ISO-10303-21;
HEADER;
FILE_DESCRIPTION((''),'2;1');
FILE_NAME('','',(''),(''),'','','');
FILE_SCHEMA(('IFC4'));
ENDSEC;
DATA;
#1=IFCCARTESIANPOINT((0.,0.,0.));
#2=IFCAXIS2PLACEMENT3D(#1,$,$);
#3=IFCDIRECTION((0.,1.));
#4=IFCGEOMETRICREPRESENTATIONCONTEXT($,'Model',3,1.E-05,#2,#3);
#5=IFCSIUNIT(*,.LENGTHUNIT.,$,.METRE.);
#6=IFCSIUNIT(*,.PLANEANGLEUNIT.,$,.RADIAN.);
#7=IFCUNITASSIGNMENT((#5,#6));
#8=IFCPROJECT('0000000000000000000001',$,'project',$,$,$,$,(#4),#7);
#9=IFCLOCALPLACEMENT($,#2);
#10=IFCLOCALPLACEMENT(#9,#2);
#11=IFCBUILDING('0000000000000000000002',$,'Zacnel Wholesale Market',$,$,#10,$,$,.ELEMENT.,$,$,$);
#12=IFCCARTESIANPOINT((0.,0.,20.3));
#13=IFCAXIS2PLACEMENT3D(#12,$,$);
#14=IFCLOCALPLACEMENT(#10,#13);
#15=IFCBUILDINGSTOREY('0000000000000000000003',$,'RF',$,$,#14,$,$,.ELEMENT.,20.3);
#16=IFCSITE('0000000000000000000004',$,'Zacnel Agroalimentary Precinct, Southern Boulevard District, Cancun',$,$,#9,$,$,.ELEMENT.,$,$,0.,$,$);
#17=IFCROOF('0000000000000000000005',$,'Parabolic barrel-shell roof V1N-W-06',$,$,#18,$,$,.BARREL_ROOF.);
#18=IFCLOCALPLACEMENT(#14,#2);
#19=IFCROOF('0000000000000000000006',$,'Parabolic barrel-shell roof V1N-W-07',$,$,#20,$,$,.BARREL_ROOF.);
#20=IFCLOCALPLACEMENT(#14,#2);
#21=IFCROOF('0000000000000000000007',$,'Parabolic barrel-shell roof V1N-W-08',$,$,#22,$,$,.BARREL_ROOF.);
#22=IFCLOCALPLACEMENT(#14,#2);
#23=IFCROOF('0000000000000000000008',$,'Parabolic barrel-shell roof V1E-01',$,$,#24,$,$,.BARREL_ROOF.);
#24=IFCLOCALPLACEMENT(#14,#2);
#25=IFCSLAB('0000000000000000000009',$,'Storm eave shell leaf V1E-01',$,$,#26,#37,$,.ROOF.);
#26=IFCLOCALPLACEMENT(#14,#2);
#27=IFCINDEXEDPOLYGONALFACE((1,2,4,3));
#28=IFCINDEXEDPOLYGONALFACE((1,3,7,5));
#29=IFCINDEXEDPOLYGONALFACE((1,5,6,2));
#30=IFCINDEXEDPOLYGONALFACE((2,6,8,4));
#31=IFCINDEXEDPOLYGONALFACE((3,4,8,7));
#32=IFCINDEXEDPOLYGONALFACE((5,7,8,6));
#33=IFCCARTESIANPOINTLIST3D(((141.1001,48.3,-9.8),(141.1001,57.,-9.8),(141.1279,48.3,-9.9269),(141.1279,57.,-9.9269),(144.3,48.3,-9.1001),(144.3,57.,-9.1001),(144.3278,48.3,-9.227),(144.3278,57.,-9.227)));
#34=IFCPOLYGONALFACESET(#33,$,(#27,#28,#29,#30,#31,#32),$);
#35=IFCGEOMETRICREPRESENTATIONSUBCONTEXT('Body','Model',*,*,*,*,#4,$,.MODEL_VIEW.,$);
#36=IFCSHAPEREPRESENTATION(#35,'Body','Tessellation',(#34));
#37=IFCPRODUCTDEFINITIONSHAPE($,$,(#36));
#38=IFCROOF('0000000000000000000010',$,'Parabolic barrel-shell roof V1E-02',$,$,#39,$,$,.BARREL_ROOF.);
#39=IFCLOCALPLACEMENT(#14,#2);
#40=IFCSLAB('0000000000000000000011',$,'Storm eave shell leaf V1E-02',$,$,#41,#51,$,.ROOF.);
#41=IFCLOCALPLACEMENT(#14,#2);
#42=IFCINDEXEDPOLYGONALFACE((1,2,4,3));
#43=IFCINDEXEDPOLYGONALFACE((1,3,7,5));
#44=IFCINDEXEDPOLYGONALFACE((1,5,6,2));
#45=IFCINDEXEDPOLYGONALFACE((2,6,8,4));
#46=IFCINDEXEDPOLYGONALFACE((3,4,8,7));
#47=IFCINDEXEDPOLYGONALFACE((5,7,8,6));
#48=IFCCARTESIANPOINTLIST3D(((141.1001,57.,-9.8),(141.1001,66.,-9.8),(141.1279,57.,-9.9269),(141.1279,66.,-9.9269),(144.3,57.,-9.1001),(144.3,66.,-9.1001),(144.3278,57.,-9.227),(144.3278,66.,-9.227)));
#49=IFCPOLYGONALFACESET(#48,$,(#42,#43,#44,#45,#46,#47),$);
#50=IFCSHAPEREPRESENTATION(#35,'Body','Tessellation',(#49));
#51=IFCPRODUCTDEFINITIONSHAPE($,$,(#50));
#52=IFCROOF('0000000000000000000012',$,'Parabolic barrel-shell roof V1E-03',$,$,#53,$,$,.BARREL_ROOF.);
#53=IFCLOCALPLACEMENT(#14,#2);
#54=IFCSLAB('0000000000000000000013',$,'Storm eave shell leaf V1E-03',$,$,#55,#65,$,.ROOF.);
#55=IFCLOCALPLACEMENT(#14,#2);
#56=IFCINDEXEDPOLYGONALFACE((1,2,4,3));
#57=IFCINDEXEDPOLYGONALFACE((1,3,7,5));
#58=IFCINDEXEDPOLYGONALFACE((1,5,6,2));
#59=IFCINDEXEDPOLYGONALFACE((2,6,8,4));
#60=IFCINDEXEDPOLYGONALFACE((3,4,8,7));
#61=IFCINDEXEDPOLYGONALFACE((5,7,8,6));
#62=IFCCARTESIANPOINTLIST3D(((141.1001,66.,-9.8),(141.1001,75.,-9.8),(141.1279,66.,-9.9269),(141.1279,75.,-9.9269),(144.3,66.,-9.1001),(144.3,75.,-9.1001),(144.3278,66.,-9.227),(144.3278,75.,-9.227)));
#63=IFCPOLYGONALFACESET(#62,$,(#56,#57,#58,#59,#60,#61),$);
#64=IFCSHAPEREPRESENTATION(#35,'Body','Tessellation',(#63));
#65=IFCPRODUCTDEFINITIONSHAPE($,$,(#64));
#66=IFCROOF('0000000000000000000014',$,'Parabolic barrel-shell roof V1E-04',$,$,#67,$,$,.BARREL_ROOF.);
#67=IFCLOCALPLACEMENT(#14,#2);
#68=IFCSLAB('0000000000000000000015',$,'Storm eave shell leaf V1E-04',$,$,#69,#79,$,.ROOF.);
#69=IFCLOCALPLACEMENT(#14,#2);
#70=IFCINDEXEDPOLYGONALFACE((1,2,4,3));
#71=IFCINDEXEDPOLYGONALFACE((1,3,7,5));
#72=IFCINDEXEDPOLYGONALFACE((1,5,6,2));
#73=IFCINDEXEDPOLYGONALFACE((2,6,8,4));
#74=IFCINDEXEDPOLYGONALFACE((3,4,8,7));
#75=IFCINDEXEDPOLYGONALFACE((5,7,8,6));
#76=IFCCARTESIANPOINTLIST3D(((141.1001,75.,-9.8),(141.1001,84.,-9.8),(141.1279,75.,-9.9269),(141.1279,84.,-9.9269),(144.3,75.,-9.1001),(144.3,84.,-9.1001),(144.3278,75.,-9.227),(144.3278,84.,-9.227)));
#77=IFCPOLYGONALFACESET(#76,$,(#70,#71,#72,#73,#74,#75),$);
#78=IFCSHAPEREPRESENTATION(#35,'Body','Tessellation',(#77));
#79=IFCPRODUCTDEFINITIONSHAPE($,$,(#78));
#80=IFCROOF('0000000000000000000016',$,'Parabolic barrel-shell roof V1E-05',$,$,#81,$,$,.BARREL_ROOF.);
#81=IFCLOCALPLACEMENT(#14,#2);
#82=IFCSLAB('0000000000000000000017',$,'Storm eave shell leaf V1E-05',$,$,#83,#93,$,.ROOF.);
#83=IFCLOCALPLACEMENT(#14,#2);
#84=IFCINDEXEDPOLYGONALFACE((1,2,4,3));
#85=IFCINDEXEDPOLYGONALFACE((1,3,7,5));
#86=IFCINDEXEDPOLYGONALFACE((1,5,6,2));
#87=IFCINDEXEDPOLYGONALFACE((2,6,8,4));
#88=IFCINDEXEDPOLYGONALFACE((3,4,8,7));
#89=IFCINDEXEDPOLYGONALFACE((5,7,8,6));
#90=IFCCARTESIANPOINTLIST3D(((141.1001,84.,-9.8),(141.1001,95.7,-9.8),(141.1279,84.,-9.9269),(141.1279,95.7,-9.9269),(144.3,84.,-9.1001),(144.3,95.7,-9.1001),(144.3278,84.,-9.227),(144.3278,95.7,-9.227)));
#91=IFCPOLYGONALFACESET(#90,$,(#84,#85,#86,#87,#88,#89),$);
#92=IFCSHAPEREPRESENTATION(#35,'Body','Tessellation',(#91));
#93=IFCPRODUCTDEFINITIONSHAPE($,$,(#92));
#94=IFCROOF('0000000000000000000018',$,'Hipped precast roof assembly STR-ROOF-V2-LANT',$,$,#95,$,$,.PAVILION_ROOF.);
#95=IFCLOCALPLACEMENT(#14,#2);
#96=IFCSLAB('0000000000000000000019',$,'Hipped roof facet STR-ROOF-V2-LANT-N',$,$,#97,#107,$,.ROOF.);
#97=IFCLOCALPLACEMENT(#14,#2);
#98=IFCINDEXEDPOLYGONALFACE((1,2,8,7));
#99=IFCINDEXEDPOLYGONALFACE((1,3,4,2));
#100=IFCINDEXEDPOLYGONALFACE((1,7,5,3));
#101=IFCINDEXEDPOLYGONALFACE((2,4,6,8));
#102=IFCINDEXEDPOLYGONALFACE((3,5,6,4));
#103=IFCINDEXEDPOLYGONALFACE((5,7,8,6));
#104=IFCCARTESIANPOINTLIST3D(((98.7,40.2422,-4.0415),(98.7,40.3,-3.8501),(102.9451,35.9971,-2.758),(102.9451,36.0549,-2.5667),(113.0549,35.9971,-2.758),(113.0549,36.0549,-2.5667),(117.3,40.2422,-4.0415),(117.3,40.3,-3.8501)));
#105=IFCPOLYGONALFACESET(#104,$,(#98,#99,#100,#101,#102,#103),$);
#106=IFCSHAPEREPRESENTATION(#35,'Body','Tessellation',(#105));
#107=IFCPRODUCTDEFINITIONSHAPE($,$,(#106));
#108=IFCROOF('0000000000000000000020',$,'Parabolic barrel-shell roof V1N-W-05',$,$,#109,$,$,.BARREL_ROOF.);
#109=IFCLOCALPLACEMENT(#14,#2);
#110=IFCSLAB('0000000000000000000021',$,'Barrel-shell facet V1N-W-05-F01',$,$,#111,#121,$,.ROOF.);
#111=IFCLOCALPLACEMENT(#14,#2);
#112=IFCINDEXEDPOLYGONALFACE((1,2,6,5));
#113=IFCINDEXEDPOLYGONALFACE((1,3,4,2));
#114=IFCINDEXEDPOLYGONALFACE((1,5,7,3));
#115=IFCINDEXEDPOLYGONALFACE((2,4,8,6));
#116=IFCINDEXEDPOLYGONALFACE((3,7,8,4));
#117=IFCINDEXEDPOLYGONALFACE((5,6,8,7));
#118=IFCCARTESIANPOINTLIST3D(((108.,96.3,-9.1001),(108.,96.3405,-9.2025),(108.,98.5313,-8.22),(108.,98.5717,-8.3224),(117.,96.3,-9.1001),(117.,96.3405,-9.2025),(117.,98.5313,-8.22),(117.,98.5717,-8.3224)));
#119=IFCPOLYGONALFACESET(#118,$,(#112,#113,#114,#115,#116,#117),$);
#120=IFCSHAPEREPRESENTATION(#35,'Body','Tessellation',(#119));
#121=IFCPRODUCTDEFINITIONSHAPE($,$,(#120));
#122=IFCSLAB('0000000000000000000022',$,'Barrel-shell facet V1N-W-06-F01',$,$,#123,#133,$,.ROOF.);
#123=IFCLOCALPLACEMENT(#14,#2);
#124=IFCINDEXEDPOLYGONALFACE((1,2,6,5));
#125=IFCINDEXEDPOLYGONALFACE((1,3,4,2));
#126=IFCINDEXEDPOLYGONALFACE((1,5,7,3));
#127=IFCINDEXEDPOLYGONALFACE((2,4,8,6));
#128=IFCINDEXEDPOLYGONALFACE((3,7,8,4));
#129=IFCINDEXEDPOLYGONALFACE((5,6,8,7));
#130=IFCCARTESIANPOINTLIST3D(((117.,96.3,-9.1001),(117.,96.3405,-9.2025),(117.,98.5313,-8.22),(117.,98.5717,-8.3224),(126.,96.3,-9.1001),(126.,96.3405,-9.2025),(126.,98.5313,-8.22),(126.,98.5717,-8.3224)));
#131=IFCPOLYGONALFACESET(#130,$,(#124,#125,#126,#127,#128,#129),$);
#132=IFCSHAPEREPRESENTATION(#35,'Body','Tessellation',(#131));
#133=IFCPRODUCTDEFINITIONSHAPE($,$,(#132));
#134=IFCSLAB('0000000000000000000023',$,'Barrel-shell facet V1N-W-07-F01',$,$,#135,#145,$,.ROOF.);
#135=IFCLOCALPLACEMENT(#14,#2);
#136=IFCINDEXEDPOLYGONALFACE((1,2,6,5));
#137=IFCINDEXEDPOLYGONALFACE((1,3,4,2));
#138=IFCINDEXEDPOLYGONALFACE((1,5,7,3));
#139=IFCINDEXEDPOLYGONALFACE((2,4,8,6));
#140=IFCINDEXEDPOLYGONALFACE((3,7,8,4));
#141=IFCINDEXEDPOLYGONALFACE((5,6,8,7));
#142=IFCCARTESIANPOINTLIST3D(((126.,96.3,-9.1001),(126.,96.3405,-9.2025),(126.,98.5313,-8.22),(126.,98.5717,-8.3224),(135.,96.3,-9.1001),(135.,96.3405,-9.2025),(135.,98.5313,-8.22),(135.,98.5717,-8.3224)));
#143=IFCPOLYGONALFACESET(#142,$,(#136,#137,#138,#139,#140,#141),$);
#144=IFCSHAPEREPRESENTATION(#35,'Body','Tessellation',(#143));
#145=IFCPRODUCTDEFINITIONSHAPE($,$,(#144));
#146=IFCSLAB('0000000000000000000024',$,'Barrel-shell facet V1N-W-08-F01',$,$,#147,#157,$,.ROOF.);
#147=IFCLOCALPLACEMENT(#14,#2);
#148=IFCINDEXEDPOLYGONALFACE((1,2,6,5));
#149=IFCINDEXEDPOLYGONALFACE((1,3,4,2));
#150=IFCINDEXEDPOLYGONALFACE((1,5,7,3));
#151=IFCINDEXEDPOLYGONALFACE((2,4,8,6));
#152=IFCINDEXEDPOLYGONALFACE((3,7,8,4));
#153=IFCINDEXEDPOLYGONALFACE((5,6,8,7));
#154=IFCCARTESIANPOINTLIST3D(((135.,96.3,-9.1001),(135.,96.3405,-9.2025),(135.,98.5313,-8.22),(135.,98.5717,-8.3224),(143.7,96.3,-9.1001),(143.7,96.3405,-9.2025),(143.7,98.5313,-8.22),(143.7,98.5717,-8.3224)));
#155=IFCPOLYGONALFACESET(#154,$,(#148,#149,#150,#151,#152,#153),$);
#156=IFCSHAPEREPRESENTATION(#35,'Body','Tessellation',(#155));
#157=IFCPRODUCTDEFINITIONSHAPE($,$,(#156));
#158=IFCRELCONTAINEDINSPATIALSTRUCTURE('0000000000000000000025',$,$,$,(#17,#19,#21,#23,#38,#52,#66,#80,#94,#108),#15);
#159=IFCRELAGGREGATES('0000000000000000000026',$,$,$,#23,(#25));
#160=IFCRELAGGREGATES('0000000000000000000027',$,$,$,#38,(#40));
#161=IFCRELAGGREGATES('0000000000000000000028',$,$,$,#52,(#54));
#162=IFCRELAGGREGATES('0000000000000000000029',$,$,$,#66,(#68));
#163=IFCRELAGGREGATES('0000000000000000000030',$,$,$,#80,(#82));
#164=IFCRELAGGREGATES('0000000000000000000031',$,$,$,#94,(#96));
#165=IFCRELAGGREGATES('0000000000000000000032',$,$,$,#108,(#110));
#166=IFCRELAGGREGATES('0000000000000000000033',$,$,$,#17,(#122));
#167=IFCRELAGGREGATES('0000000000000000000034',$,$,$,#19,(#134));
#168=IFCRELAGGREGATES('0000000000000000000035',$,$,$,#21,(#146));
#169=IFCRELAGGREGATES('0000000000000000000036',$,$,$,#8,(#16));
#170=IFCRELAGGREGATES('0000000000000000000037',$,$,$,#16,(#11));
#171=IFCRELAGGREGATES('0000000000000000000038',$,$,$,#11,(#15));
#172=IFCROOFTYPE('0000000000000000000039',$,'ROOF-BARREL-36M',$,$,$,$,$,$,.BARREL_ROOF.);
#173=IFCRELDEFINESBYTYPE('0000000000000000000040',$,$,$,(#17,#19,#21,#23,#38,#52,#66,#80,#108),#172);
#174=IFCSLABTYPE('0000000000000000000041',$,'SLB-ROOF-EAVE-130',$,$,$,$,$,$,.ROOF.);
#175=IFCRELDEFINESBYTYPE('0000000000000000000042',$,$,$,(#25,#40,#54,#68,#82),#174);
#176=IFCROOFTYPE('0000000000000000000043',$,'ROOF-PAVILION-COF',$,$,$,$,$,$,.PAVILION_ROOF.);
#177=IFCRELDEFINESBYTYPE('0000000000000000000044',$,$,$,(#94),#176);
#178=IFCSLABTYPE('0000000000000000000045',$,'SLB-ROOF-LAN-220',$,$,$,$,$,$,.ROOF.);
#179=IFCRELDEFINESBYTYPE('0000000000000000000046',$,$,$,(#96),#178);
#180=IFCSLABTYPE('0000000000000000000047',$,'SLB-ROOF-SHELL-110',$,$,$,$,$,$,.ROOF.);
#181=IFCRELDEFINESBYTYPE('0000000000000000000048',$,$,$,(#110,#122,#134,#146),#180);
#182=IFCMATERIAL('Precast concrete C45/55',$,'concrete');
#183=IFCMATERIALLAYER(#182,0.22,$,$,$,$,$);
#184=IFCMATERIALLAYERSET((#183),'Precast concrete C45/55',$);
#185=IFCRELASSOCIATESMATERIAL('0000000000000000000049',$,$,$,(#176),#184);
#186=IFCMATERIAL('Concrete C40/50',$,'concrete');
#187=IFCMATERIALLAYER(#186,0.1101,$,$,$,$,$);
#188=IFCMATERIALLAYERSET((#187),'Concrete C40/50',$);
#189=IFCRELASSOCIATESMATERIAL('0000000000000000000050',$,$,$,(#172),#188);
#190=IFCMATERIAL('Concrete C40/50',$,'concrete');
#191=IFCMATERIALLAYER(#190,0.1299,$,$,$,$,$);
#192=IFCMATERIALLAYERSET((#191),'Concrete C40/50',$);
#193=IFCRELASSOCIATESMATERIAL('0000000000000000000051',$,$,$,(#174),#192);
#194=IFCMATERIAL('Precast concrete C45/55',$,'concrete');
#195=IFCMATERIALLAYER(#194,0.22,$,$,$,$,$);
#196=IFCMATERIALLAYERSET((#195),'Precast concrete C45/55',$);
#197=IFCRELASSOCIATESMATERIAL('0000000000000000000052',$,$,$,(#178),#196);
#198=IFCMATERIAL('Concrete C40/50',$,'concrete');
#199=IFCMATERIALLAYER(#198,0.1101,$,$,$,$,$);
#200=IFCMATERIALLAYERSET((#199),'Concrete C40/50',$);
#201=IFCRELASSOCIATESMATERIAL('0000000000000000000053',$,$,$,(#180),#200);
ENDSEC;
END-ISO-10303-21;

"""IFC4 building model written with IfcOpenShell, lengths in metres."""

from ifc_helpers import new_model, si_unit, direction, frame, origin, place, context, subcontext, project, spatial, polyline, outline, extrude, material, layer, layer_set, type_object, element, aggregate, save


model = new_model("IFC4")

# Units and contexts
model_context = context("Model", 3, precision=1e-05, world=origin(), true_north=direction((0.0, 1.0)))
body_context = subcontext(model_context, "Body", "Model", "MODEL_VIEW")
ifc_project = project(units=[si_unit("LENGTHUNIT", "METRE"), si_unit("PLANEANGLEUNIT", "RADIAN")], contexts=[model_context])

# Site, building, storey
site_placement = place(None, origin())
site = spatial("IfcSite", under=ifc_project, at=site_placement, Name="Zacnel Agroalimentary Precinct, Southern Boulevard District, Cancun", CompositionType="ELEMENT", RefElevation=0.0)
building_placement = place(site_placement, origin())
building = spatial("IfcBuilding", under=site, at=building_placement, Name="Zacnel Wholesale Market", CompositionType="ELEMENT")
storey_placement = place(building_placement, frame((0.0, 0.0, 20.3)))
storey = spatial("IfcBuildingStorey", under=building, at=storey_placement, Name="RF", CompositionType="ELEMENT", Elevation=20.3)

# Roofs, slabs
ifc_material_1 = material(Name="Precast concrete C45/55", Category="concrete")
ifc_layer_1 = layer(ifc_material_1, 0.22)
ifc_layer_set_1 = layer_set([ifc_layer_1], Name="Precast concrete C45/55")
roof_type_1 = type_object("IfcRoofType", Name="ROOF-PAVILION-COF", PredefinedType="PAVILION_ROOF", material=ifc_layer_set_1)
ifc_material_2 = material(Name="Concrete C40/50", Category="concrete")
ifc_layer_2 = layer(ifc_material_2, 0.1101)
ifc_layer_set_2 = layer_set([ifc_layer_2], Name="Concrete C40/50")
roof_type_2 = type_object("IfcRoofType", Name="ROOF-BARREL-36M", PredefinedType="BARREL_ROOF", material=ifc_layer_set_2)
roof_1_placement = place(storey_placement, origin())
roof_1 = element("IfcRoof", 1, at=roof_1_placement, inside=storey, type_object=roof_type_2, Name="Parabolic barrel-shell roof V1N-W-06", PredefinedType="BARREL_ROOF")
ifc_material_3 = material(Name="Concrete C40/50", Category="concrete")
ifc_layer_3 = layer(ifc_material_3, 0.1299)
ifc_layer_set_3 = layer_set([ifc_layer_3], Name="Concrete C40/50")
slab_type_1 = type_object("IfcSlabType", Name="SLB-ROOF-EAVE-130", PredefinedType="ROOF", material=ifc_layer_set_3)
roof_2_placement = place(storey_placement, origin())
roof_2 = element("IfcRoof", 2, at=roof_2_placement, inside=storey, type_object=roof_type_2, Name="Parabolic barrel-shell roof V1N-W-07", PredefinedType="BARREL_ROOF")
roof_3_placement = place(storey_placement, origin())
roof_3 = element("IfcRoof", 3, at=roof_3_placement, inside=storey, type_object=roof_type_2, Name="Parabolic barrel-shell roof V1N-W-08", PredefinedType="BARREL_ROOF")
roof_4_placement = place(storey_placement, origin())
roof_4 = element("IfcRoof", 4, at=roof_4_placement, inside=storey, type_object=roof_type_2, Name="Parabolic barrel-shell roof V1E-01", PredefinedType="BARREL_ROOF")
slab_1_placement = place(storey_placement, frame((141.1001, 48.3, -9.8), z_axis=(-0.213686, 0.0, 0.976902), x_axis=(0.0, 1.0, 0.0)))
slab_1 = element("IfcSlab", 5, at=slab_1_placement, type_object=slab_type_1, Name="Storm eave shell leaf V1E-01", PredefinedType="ROOF", context=body_context, shape_type="SweptSolid", body=[
    extrude(outline(polyline([(0.0, 0.0), (8.7, 0.0), (8.7, -3.2756), (0.0, -3.2756), (0.0, 0.0)])), origin(), (0.0, 0.0, -1.0), 0.1299),
])
aggregate(roof_4, [slab_1])
roof_5_placement = place(storey_placement, origin())
roof_5 = element("IfcRoof", 6, at=roof_5_placement, inside=storey, type_object=roof_type_2, Name="Parabolic barrel-shell roof V1E-02", PredefinedType="BARREL_ROOF")
slab_2_placement = place(storey_placement, frame((141.1001, 57.0, -9.8), z_axis=(-0.213686, 0.0, 0.976902), x_axis=(0.0, 1.0, 0.0)))
slab_2 = element("IfcSlab", 7, at=slab_2_placement, type_object=slab_type_1, Name="Storm eave shell leaf V1E-02", PredefinedType="ROOF", context=body_context, shape_type="SweptSolid", body=[
    extrude(outline(polyline([(0.0, 0.0), (9.0, 0.0), (9.0, -3.2756), (0.0, -3.2756), (0.0, 0.0)])), origin(), (0.0, 0.0, -1.0), 0.1299),
])
aggregate(roof_5, [slab_2])
roof_6_placement = place(storey_placement, origin())
roof_6 = element("IfcRoof", 8, at=roof_6_placement, inside=storey, type_object=roof_type_2, Name="Parabolic barrel-shell roof V1E-03", PredefinedType="BARREL_ROOF")
slab_3_placement = place(storey_placement, frame((141.1001, 66.0, -9.8), z_axis=(-0.213686, 0.0, 0.976902), x_axis=(0.0, 1.0, 0.0)))
slab_3 = element("IfcSlab", 9, at=slab_3_placement, type_object=slab_type_1, Name="Storm eave shell leaf V1E-03", PredefinedType="ROOF", context=body_context, shape_type="SweptSolid", body=[
    extrude(outline(polyline([(0.0, 0.0), (9.0, 0.0), (9.0, -3.2756), (0.0, -3.2756), (0.0, 0.0)])), origin(), (0.0, 0.0, -1.0), 0.1299),
])
aggregate(roof_6, [slab_3])
roof_7_placement = place(storey_placement, origin())
roof_7 = element("IfcRoof", 10, at=roof_7_placement, inside=storey, type_object=roof_type_2, Name="Parabolic barrel-shell roof V1E-04", PredefinedType="BARREL_ROOF")
slab_4_placement = place(storey_placement, frame((141.1001, 75.0, -9.8), z_axis=(-0.213686, 0.0, 0.976902), x_axis=(0.0, 1.0, 0.0)))
slab_4 = element("IfcSlab", 11, at=slab_4_placement, type_object=slab_type_1, Name="Storm eave shell leaf V1E-04", PredefinedType="ROOF", context=body_context, shape_type="SweptSolid", body=[
    extrude(outline(polyline([(0.0, 0.0), (9.0, 0.0), (9.0, -3.2756), (0.0, -3.2756), (0.0, 0.0)])), origin(), (0.0, 0.0, -1.0), 0.1299),
])
aggregate(roof_7, [slab_4])
roof_8_placement = place(storey_placement, origin())
roof_8 = element("IfcRoof", 12, at=roof_8_placement, inside=storey, type_object=roof_type_2, Name="Parabolic barrel-shell roof V1E-05", PredefinedType="BARREL_ROOF")
slab_5_placement = place(storey_placement, frame((141.1001, 84.0, -9.8), z_axis=(-0.213686, 0.0, 0.976902), x_axis=(0.0, 1.0, 0.0)))
slab_5 = element("IfcSlab", 13, at=slab_5_placement, type_object=slab_type_1, Name="Storm eave shell leaf V1E-05", PredefinedType="ROOF", context=body_context, shape_type="SweptSolid", body=[
    extrude(outline(polyline([(0.0, 0.0), (11.7, 0.0), (11.7, -3.2756), (0.0, -3.2756), (0.0, 0.0)])), origin(), (0.0, 0.0, -1.0), 0.1299),
])
aggregate(roof_8, [slab_5])
roof_9_placement = place(storey_placement, origin())
roof_9 = element("IfcRoof", 14, at=roof_9_placement, inside=storey, type_object=roof_type_1, Name="Hipped precast roof assembly STR-ROOF-V2-LANT", PredefinedType="PAVILION_ROOF")
ifc_material_4 = material(Name="Precast concrete C45/55", Category="concrete")
ifc_layer_4 = layer(ifc_material_4, 0.22)
ifc_layer_set_4 = layer_set([ifc_layer_4], Name="Precast concrete C45/55")
slab_type_2 = type_object("IfcSlabType", Name="SLB-ROOF-LAN-220", PredefinedType="ROOF", material=ifc_layer_set_4)
slab_6_placement = place(storey_placement, frame((117.3, 40.3, -3.8501), z_axis=(0.0, 0.289398, 0.957209), x_axis=(-1.0, 0.0, 0.0)))
slab_6 = element("IfcSlab", 15, at=slab_6_placement, type_object=slab_type_2, Name="Hipped roof facet STR-ROOF-V2-LANT-N", PredefinedType="ROOF", context=body_context, shape_type="SweptSolid", body=[
    extrude(outline(polyline([(0.0, 0.0), (18.6001, 0.0), (14.355, 4.4349), (4.2451, 4.4349), (0.0, 0.0)])), origin(), (0.0, 0.0, -1.0), 0.2),
])
aggregate(roof_9, [slab_6])
roof_10_placement = place(storey_placement, origin())
roof_10 = element("IfcRoof", 16, at=roof_10_placement, inside=storey, type_object=roof_type_2, Name="Parabolic barrel-shell roof V1N-W-05", PredefinedType="BARREL_ROOF")
ifc_material_5 = material(Name="Concrete C40/50", Category="concrete")
ifc_layer_5 = layer(ifc_material_5, 0.1101)
ifc_layer_set_5 = layer_set([ifc_layer_5], Name="Concrete C40/50")
slab_type_3 = type_object("IfcSlabType", Name="SLB-ROOF-SHELL-110", PredefinedType="ROOF", material=ifc_layer_set_5)
slab_7_placement = place(storey_placement, frame((108.0, 96.3, -9.1001), z_axis=(0.0, -0.366946, 0.930242), x_axis=(1.0, 0.0, 0.0)))
slab_7 = element("IfcSlab", 17, at=slab_7_placement, type_object=slab_type_3, Name="Barrel-shell facet V1N-W-05-F01", PredefinedType="ROOF", context=body_context, shape_type="SweptSolid", body=[
    extrude(outline(polyline([(0.0, 0.0), (9.0, 0.0), (9.0, 2.3985), (0.0, 2.3985), (0.0, 0.0)])), origin(), (0.0, 0.0, -1.0), 0.1101),
])
aggregate(roof_10, [slab_7])

# Slabs
slab_8_placement = place(storey_placement, frame((117.0, 96.3, -9.1001), z_axis=(0.0, -0.366946, 0.930242), x_axis=(1.0, 0.0, 0.0)))
slab_8 = element("IfcSlab", 18, at=slab_8_placement, type_object=slab_type_3, Name="Barrel-shell facet V1N-W-06-F01", PredefinedType="ROOF", context=body_context, shape_type="SweptSolid", body=[
    extrude(outline(polyline([(0.0, 0.0), (9.0, 0.0), (9.0, 2.3985), (0.0, 2.3985), (0.0, 0.0)])), origin(), (0.0, 0.0, -1.0), 0.1101),
])
aggregate(roof_1, [slab_8])
slab_9_placement = place(storey_placement, frame((126.0, 96.3, -9.1001), z_axis=(0.0, -0.366946, 0.930242), x_axis=(1.0, 0.0, 0.0)))
slab_9 = element("IfcSlab", 19, at=slab_9_placement, type_object=slab_type_3, Name="Barrel-shell facet V1N-W-07-F01", PredefinedType="ROOF", context=body_context, shape_type="SweptSolid", body=[
    extrude(outline(polyline([(0.0, 0.0), (9.0, 0.0), (9.0, 2.3985), (0.0, 2.3985), (0.0, 0.0)])), origin(), (0.0, 0.0, -1.0), 0.1101),
])
aggregate(roof_2, [slab_9])
slab_10_placement = place(storey_placement, frame((135.0, 96.3, -9.1001), z_axis=(0.0, -0.366946, 0.930242), x_axis=(1.0, 0.0, 0.0)))
slab_10 = element("IfcSlab", 20, at=slab_10_placement, type_object=slab_type_3, Name="Barrel-shell facet V1N-W-08-F01", PredefinedType="ROOF", context=body_context, shape_type="SweptSolid", body=[
    extrude(outline(polyline([(0.0, 0.0), (8.7, 0.0), (8.7, 2.3985), (0.0, 2.3985), (0.0, 0.0)])), origin(), (0.0, 0.0, -1.0), 0.1101),
])
aggregate(roof_3, [slab_10])

save(model, "model.ifc")
